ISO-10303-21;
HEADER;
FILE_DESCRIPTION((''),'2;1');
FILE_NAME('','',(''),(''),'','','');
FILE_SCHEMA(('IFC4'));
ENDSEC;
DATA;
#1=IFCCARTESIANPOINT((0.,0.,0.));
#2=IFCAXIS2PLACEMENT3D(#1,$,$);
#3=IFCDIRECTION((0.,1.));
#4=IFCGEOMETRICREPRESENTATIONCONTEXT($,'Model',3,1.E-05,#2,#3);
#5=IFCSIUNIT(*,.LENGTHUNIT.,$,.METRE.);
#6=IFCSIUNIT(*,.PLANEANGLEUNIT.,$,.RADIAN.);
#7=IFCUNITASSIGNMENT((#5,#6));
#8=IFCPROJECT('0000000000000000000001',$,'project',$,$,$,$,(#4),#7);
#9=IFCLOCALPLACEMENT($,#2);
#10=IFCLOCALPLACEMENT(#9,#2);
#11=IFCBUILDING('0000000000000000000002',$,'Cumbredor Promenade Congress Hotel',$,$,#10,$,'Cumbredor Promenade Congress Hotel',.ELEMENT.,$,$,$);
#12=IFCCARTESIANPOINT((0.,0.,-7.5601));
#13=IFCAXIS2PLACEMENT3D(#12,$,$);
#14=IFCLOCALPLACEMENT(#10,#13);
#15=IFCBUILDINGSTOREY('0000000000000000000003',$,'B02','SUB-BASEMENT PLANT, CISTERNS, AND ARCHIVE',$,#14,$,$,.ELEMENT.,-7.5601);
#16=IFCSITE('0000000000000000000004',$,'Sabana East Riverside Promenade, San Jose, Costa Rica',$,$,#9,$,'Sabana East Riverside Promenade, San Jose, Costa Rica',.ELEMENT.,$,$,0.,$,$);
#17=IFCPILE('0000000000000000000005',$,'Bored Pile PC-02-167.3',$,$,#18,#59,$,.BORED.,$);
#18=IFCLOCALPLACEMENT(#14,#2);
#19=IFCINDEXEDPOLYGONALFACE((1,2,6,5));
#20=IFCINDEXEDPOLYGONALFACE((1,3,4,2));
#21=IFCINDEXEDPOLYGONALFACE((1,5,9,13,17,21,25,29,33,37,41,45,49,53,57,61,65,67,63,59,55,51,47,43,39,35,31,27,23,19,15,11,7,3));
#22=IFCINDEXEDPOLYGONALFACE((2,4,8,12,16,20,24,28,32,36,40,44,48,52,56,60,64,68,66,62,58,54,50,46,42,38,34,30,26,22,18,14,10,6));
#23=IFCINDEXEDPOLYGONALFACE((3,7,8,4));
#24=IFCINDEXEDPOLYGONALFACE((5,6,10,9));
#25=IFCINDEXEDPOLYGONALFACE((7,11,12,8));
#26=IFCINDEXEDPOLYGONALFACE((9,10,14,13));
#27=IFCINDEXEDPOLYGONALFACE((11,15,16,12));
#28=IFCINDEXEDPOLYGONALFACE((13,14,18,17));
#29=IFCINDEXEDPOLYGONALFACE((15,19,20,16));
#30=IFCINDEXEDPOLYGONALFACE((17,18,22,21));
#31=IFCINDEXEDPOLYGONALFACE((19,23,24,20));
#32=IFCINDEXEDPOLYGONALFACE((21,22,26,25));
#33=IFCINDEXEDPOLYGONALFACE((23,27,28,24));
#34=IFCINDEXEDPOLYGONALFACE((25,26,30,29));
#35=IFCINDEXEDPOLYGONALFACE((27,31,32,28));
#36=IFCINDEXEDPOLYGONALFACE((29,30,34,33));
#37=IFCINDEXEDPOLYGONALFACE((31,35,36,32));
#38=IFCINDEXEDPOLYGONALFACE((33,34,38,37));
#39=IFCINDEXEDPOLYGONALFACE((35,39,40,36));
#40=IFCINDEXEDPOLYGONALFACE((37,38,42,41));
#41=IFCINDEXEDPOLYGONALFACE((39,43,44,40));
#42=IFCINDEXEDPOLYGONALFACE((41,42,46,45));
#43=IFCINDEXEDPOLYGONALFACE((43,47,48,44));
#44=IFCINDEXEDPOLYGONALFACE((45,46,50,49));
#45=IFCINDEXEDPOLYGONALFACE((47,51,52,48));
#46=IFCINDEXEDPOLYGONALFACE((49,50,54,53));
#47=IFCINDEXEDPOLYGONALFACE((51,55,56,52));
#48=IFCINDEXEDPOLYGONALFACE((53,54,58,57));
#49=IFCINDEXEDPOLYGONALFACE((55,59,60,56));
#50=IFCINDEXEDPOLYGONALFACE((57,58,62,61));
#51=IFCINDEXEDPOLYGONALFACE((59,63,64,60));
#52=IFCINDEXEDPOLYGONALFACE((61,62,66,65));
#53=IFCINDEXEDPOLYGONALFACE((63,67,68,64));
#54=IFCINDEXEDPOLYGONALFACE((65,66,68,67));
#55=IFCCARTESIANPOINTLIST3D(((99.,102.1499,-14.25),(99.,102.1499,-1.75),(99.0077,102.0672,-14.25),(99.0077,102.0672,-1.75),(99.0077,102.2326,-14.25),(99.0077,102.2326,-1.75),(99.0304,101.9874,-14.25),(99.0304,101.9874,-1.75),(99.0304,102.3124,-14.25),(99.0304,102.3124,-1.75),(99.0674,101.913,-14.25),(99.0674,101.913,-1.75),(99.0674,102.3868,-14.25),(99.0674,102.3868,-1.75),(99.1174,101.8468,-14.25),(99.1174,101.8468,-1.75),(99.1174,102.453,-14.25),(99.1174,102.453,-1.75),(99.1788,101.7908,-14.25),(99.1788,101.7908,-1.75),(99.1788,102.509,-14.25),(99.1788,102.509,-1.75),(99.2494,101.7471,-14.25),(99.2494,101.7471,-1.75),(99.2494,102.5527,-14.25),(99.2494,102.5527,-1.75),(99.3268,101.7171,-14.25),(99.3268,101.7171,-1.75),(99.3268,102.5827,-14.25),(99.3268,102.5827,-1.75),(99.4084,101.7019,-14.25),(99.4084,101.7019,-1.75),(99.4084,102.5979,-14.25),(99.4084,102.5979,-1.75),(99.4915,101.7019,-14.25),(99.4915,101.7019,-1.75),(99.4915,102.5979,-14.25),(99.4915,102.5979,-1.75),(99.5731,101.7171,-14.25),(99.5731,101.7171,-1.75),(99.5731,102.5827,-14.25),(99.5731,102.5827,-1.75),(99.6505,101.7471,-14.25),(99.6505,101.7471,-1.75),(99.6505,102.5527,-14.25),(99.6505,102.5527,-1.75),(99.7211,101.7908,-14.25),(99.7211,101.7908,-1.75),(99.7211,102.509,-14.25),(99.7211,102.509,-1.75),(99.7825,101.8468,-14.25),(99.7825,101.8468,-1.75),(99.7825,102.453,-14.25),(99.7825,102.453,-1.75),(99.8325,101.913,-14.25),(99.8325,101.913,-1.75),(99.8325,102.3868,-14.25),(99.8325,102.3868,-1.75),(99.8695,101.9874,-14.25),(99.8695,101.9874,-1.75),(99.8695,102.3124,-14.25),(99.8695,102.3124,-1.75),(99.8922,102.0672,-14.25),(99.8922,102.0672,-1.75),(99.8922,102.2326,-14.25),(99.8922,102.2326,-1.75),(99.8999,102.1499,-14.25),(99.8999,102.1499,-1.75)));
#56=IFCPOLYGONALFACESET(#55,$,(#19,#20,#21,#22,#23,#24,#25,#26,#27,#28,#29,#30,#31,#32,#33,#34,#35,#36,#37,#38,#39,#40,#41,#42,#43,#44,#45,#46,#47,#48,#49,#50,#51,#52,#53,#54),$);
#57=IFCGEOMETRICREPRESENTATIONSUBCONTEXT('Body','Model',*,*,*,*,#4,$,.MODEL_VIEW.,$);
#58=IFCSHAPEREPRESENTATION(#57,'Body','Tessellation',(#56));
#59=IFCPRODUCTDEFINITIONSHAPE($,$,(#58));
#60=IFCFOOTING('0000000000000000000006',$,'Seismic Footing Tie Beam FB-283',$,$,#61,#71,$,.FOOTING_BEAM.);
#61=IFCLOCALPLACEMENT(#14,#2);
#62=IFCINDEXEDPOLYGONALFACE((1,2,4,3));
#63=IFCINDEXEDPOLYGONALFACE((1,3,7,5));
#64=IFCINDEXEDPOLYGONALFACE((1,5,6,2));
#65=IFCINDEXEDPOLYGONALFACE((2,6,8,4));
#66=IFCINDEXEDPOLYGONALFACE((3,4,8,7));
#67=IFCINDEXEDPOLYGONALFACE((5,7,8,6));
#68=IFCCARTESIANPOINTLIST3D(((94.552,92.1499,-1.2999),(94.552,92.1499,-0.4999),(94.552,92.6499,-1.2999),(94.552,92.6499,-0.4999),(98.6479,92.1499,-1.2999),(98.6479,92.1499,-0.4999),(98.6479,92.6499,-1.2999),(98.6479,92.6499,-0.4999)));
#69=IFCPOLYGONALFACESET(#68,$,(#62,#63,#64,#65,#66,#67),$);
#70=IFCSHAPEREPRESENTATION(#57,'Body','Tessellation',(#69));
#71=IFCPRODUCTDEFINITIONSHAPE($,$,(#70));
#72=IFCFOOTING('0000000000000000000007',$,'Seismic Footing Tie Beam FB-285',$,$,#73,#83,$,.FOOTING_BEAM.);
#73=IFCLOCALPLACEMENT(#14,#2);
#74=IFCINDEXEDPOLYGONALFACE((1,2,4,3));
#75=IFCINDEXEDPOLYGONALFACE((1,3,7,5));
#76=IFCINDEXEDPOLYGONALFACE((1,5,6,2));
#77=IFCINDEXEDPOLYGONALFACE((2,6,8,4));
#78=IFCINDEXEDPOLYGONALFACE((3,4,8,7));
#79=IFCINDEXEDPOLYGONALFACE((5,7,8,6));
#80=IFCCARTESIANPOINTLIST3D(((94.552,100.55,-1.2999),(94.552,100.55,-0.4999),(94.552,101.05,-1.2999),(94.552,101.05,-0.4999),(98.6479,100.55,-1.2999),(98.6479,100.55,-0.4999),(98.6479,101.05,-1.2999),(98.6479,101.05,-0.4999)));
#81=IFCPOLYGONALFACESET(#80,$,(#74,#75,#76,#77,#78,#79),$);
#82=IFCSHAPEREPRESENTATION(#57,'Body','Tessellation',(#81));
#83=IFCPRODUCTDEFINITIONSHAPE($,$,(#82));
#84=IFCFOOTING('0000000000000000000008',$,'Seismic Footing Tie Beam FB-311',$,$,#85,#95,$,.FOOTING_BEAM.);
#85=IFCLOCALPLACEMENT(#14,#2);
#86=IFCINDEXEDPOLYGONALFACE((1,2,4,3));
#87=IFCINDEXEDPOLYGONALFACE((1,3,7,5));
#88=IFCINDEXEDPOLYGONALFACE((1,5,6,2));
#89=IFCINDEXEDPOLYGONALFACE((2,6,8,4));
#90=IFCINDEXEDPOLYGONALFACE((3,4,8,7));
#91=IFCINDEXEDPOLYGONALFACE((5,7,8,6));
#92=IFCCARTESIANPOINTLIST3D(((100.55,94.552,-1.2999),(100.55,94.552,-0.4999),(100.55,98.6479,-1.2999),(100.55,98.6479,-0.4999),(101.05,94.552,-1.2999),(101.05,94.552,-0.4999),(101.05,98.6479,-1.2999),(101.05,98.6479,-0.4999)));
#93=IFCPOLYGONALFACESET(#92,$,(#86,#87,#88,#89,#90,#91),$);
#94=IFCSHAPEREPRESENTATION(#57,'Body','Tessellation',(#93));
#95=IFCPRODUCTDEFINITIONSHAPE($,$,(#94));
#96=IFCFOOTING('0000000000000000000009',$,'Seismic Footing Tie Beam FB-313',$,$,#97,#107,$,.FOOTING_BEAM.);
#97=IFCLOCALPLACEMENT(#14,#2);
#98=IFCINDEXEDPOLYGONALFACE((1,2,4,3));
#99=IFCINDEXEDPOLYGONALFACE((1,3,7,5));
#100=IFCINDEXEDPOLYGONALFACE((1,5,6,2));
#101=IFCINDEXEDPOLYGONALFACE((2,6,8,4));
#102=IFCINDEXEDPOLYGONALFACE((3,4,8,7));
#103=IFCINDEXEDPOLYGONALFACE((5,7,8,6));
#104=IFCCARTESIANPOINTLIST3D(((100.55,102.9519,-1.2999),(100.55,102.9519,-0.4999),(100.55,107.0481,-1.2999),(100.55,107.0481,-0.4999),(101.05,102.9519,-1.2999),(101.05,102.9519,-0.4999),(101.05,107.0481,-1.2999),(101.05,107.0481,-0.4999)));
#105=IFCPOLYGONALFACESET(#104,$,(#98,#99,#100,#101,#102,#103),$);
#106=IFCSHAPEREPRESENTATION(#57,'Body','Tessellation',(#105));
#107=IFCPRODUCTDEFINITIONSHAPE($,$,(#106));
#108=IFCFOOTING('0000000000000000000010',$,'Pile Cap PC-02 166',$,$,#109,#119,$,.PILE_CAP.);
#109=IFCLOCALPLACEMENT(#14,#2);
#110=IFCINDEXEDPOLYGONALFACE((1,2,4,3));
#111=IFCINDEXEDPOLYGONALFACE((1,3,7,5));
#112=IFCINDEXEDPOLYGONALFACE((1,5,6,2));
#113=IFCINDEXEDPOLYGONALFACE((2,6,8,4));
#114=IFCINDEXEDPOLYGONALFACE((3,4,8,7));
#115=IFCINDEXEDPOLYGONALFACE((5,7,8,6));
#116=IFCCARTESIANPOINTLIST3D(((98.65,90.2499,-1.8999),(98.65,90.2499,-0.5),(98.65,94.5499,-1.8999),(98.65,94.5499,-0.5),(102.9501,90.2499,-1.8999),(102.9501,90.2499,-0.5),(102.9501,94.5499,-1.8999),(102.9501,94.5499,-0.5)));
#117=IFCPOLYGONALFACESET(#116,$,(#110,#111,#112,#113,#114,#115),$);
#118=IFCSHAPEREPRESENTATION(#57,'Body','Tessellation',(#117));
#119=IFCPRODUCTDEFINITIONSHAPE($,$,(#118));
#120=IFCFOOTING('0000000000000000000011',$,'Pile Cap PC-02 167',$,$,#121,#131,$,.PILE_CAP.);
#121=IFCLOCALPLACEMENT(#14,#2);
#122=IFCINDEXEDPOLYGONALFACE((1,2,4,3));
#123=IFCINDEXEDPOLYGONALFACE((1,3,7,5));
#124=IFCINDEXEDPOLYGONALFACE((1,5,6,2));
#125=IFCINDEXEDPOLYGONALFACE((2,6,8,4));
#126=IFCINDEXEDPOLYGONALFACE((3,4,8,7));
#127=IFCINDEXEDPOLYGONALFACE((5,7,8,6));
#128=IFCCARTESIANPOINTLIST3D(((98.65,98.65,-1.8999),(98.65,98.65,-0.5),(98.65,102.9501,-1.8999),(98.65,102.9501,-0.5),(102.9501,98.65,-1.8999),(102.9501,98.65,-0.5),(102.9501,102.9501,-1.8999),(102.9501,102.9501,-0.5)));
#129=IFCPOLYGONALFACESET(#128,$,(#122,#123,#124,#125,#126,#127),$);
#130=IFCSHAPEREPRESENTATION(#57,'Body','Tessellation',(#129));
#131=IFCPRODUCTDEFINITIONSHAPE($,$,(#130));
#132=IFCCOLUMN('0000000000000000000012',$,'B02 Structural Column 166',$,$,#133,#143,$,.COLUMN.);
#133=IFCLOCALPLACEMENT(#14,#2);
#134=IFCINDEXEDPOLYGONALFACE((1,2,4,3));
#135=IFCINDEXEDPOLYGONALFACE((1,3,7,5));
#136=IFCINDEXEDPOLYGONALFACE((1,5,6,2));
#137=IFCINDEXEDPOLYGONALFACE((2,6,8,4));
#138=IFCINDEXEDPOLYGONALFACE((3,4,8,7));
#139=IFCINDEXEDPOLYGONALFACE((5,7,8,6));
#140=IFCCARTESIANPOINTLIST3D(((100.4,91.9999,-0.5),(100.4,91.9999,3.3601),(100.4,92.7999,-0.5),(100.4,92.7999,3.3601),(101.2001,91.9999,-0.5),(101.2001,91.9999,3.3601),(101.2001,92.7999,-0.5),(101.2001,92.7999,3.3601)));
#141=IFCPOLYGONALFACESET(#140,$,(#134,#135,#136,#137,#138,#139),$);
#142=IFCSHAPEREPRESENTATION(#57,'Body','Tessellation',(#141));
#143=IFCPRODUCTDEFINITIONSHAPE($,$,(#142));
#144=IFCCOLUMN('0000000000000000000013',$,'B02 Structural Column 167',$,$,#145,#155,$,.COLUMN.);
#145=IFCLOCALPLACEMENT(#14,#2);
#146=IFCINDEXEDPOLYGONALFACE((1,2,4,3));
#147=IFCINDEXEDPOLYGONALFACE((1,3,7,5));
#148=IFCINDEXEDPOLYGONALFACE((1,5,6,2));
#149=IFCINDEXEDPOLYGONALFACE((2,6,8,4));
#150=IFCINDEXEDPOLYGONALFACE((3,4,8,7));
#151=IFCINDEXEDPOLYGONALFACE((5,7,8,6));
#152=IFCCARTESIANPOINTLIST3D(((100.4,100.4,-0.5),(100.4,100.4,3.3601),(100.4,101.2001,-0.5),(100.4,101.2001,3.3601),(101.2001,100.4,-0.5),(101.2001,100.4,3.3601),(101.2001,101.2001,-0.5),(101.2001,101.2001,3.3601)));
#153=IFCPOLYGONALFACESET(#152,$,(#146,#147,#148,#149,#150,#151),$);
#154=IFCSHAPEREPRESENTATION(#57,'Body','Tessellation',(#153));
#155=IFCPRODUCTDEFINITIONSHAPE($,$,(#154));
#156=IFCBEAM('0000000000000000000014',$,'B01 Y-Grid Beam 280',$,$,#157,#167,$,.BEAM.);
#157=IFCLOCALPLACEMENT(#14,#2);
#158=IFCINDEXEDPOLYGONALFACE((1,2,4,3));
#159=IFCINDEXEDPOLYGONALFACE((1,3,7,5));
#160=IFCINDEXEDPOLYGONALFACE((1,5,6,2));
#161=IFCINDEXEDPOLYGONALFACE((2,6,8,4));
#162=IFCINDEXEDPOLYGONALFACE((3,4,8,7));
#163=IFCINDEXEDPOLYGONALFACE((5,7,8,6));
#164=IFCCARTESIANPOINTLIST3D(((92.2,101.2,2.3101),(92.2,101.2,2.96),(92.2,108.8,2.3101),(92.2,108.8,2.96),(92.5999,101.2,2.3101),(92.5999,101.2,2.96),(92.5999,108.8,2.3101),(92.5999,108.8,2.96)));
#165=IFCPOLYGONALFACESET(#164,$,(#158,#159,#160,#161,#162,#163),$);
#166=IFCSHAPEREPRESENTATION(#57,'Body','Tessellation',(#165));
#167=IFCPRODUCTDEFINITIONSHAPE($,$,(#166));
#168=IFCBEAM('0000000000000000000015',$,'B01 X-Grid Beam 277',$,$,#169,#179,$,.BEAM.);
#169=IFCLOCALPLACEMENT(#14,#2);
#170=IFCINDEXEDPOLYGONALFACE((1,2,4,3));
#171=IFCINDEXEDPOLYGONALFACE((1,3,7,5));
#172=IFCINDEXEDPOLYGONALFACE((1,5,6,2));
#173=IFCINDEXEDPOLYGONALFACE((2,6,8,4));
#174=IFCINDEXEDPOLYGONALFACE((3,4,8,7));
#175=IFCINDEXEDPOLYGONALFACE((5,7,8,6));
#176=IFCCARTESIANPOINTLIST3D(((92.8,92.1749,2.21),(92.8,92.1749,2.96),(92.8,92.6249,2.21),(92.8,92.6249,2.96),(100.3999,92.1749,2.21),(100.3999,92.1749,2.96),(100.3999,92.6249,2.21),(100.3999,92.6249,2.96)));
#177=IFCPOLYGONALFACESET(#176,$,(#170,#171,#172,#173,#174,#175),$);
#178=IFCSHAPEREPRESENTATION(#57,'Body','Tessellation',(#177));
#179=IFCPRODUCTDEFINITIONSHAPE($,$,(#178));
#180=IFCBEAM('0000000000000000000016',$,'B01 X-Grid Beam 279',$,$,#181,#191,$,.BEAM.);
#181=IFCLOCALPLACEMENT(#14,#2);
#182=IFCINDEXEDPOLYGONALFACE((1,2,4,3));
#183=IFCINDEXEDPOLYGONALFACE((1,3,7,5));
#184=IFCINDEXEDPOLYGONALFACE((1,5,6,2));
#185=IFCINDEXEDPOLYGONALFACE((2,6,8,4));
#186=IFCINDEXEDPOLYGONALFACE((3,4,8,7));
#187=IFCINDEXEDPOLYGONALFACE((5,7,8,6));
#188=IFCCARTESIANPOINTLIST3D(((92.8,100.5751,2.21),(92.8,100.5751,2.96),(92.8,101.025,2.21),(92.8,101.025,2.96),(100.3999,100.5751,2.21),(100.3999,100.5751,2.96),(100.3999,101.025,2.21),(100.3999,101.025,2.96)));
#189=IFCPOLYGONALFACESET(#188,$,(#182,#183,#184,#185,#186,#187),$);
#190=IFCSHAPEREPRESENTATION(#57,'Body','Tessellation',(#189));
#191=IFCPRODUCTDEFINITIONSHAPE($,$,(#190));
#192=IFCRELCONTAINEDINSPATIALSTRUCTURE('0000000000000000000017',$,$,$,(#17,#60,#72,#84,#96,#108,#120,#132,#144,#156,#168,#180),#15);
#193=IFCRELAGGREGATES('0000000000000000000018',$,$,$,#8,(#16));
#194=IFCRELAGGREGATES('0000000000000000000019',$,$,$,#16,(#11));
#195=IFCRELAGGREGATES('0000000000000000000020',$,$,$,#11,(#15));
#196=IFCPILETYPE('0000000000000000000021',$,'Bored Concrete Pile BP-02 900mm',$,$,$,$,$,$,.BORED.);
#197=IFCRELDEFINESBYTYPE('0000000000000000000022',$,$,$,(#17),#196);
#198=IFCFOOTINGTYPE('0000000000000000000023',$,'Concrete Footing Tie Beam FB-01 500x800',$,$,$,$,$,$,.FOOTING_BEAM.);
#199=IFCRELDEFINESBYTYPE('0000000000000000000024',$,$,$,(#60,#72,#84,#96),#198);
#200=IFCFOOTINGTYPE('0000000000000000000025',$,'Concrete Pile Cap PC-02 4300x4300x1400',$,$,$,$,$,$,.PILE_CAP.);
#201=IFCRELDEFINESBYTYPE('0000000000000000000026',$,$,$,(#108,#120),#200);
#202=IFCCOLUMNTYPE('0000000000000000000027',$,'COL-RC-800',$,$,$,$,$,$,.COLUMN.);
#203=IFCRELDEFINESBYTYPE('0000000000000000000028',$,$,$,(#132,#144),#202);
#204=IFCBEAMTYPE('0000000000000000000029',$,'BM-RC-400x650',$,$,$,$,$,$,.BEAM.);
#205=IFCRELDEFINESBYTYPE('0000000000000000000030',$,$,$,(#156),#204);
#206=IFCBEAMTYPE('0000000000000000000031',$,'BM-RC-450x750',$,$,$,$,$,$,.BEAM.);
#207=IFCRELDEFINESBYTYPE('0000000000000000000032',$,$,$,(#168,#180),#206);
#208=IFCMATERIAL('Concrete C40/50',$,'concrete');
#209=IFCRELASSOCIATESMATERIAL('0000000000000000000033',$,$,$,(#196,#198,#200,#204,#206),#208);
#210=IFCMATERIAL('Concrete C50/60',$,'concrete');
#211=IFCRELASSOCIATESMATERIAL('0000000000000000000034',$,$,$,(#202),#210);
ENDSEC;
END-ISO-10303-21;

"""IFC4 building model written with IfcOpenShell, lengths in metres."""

from ifc_helpers import new_model, si_unit, direction, frame, origin, origin_2d, place, context, subcontext, project, spatial, rectangle, circle, extrude, material, material_profile, profile_set, type_object, element, save


model = new_model("IFC4")

# Units and contexts
model_context = context("Model", 3, precision=1e-05, world=origin(), true_north=direction((0.0, 1.0)))
body_context = subcontext(model_context, "Body", "Model", "MODEL_VIEW")
ifc_project = project(units=[si_unit("LENGTHUNIT", "METRE"), si_unit("PLANEANGLEUNIT", "RADIAN")], contexts=[model_context])

# Site, building, storey
site_placement = place(None, origin())
site = spatial("IfcSite", under=ifc_project, at=site_placement, Name="Sabana East Riverside Promenade, San Jose, Costa Rica", LongName="Sabana East Riverside Promenade, San Jose, Costa Rica", CompositionType="ELEMENT", RefElevation=0.0)
building_placement = place(site_placement, origin())
building = spatial("IfcBuilding", under=site, at=building_placement, Name="Cumbredor Promenade Congress Hotel", LongName="Cumbredor Promenade Congress Hotel", CompositionType="ELEMENT")
storey_placement = place(building_placement, frame((0.0, 0.0, -7.5601)))
storey = spatial("IfcBuildingStorey", under=building, at=storey_placement, Name="B02", Description="SUB-BASEMENT PLANT, CISTERNS, AND ARCHIVE", CompositionType="ELEMENT", Elevation=-7.5601)

# Pile
ifc_material_1 = material(Name="Concrete C40/50", Category="concrete")
ifc_material_profile_1 = material_profile(ifc_material_1, circle(Radius=0.45, at=origin_2d()), Name="PILE D900")
ifc_profile_set_1 = profile_set([ifc_material_profile_1], Name="Concrete C40/50")
pile_type = type_object("IfcPileType", Name="Bored Concrete Pile BP-02 900mm", PredefinedType="BORED", material=ifc_profile_set_1)
for number, where, z_axis, x_axis, name in (
    (1, (99.45, 102.1499, -1.75), (0.0, 0.0, -1.0), (1.0, 0.0, 0.0), "Bored Pile PC-02-167.3"),
):
    element("IfcPile", number, at=place(storey_placement, frame(where, z_axis=z_axis, x_axis=x_axis)), inside=storey, type_object=pile_type, Name=name, PredefinedType="BORED", context=body_context, shape_type="SweptSolid", body=[
        extrude(circle(Radius=0.45, at=origin_2d()), origin(), (0.0, 0.0, 1.0), 12.5),
    ])

# Footings
ifc_material_profile_2 = material_profile(ifc_material_1, rectangle(XDim=0.5, YDim=0.8, at=origin_2d()), Name="FB 500x800")
ifc_profile_set_2 = profile_set([ifc_material_profile_2], Name="Concrete C40/50")
footing_type_1 = type_object("IfcFootingType", Name="Concrete Footing Tie Beam FB-01 500x800", PredefinedType="FOOTING_BEAM", material=ifc_profile_set_2)
for number, where, z_axis, x_axis, name in (
    (2, (94.552, 92.3999, -0.8999), (1.0, 0.0, 0.0), (0.0, 1.0, 0.0), "Seismic Footing Tie Beam FB-283"),
    (3, (94.552, 100.8, -0.8999), (1.0, 0.0, 0.0), (0.0, 1.0, 0.0), "Seismic Footing Tie Beam FB-285"),
    (4, (100.8, 94.552, -0.8999), (0.0, 1.0, 0.0), (-1.0, 0.0, 0.0), "Seismic Footing Tie Beam FB-311"),
):
    element("IfcFooting", number, at=place(storey_placement, frame(where, z_axis=z_axis, x_axis=x_axis)), inside=storey, type_object=footing_type_1, Name=name, PredefinedType="FOOTING_BEAM", context=body_context, shape_type="SweptSolid", body=[
        extrude(rectangle(XDim=0.5, YDim=0.8, at=origin_2d()), origin(), (0.0, 0.0, 1.0), 4.0959),
    ])
footing_placement = place(storey_placement, frame((100.8, 102.9519, -0.8999), z_axis=(0.0, 1.0, 0.0), x_axis=(-1.0, 0.0, 0.0)))
element("IfcFooting", 5, at=footing_placement, inside=storey, type_object=footing_type_1, Name="Seismic Footing Tie Beam FB-313", PredefinedType="FOOTING_BEAM", context=body_context, shape_type="SweptSolid", body=[
    extrude(rectangle(XDim=0.5, YDim=0.8, at=origin_2d()), origin(), (0.0, 0.0, 1.0), 4.0962),
])
footing_type_2 = type_object("IfcFootingType", Name="Concrete Pile Cap PC-02 4300x4300x1400", PredefinedType="PILE_CAP", material=ifc_material_1)
for number, where, z_axis, x_axis, name in (
    (6, (100.8, 92.3999, -1.8999), (0.0, 0.0, 1.0), (1.0, 0.0, 0.0), "Pile Cap PC-02 166"),
    (7, (100.8, 100.8, -1.8999), (0.0, 0.0, 1.0), (1.0, 0.0, 0.0), "Pile Cap PC-02 167"),
):
    element("IfcFooting", number, at=place(storey_placement, frame(where, z_axis=z_axis, x_axis=x_axis)), inside=storey, type_object=footing_type_2, Name=name, PredefinedType="PILE_CAP", context=body_context, shape_type="SweptSolid", body=[
        extrude(rectangle(XDim=4.3, YDim=4.3, at=origin_2d()), origin(), (0.0, 0.0, 1.0), 1.3999),
    ])

# Columns
ifc_material_2 = material(Name="Concrete C50/60", Category="concrete")
ifc_material_profile_3 = material_profile(ifc_material_2, rectangle(XDim=0.8, YDim=0.8, at=origin_2d()), Name="RC 800x800")
ifc_profile_set_3 = profile_set([ifc_material_profile_3], Name="Concrete C50/60")
column_type = type_object("IfcColumnType", Name="COL-RC-800", PredefinedType="COLUMN", material=ifc_profile_set_3)
for number, where, z_axis, x_axis, name in (
    (8, (100.8, 92.3999, -0.5), (0.0, 0.0, 1.0), (1.0, 0.0, 0.0), "B02 Structural Column 166"),
    (9, (100.8, 100.8, -0.5), (0.0, 0.0, 1.0), (1.0, 0.0, 0.0), "B02 Structural Column 167"),
):
    element("IfcColumn", number, at=place(storey_placement, frame(where, z_axis=z_axis, x_axis=x_axis)), inside=storey, type_object=column_type, Name=name, PredefinedType="COLUMN", context=body_context, shape_type="SweptSolid", body=[
        extrude(rectangle(XDim=0.8, YDim=0.8, at=origin_2d()), origin(), (0.0, 0.0, 1.0), 3.8601),
    ])

# Beams
ifc_material_profile_4 = material_profile(ifc_material_1, rectangle(XDim=0.3999, YDim=0.6499, at=origin_2d()), Name="RC BEAM 400x650")
ifc_profile_set_4 = profile_set([ifc_material_profile_4], Name="Concrete C40/50")
beam_type_1 = type_object("IfcBeamType", Name="BM-RC-400x650", PredefinedType="BEAM", material=ifc_profile_set_4)
beam_1_placement = place(storey_placement, frame((92.3999, 101.2, 2.635), z_axis=(0.0, 1.0, 0.0), x_axis=(-1.0, 0.0, 0.0)))
element("IfcBeam", 10, at=beam_1_placement, inside=storey, type_object=beam_type_1, Name="B01 Y-Grid Beam 280", PredefinedType="BEAM", context=body_context, shape_type="SweptSolid", body=[
    extrude(rectangle(XDim=0.3999, YDim=0.6499, at=origin_2d()), origin(), (0.0, 0.0, 1.0), 7.6001),
])
ifc_material_profile_5 = material_profile(ifc_material_1, rectangle(XDim=0.45, YDim=0.75, at=origin_2d()), Name="RC BEAM 450x750")
ifc_profile_set_5 = profile_set([ifc_material_profile_5], Name="Concrete C40/50")
beam_type_2 = type_object("IfcBeamType", Name="BM-RC-450x750", PredefinedType="BEAM", material=ifc_profile_set_5)
for number, where, z_axis, x_axis, name in (
    (11, (92.8, 92.3999, 2.585), (1.0, 0.0, 0.0), (0.0, 1.0, 0.0), "B01 X-Grid Beam 277"),
    (12, (92.8, 100.8, 2.585), (1.0, 0.0, 0.0), (0.0, 1.0, 0.0), "B01 X-Grid Beam 279"),
):
    element("IfcBeam", number, at=place(storey_placement, frame(where, z_axis=z_axis, x_axis=x_axis)), inside=storey, type_object=beam_type_2, Name=name, PredefinedType="BEAM", context=body_context, shape_type="SweptSolid", body=[
        extrude(rectangle(XDim=0.45, YDim=0.75, at=origin_2d()), origin(), (0.0, 0.0, 1.0), 7.5999),
    ])

save(model, "model.ifc")
